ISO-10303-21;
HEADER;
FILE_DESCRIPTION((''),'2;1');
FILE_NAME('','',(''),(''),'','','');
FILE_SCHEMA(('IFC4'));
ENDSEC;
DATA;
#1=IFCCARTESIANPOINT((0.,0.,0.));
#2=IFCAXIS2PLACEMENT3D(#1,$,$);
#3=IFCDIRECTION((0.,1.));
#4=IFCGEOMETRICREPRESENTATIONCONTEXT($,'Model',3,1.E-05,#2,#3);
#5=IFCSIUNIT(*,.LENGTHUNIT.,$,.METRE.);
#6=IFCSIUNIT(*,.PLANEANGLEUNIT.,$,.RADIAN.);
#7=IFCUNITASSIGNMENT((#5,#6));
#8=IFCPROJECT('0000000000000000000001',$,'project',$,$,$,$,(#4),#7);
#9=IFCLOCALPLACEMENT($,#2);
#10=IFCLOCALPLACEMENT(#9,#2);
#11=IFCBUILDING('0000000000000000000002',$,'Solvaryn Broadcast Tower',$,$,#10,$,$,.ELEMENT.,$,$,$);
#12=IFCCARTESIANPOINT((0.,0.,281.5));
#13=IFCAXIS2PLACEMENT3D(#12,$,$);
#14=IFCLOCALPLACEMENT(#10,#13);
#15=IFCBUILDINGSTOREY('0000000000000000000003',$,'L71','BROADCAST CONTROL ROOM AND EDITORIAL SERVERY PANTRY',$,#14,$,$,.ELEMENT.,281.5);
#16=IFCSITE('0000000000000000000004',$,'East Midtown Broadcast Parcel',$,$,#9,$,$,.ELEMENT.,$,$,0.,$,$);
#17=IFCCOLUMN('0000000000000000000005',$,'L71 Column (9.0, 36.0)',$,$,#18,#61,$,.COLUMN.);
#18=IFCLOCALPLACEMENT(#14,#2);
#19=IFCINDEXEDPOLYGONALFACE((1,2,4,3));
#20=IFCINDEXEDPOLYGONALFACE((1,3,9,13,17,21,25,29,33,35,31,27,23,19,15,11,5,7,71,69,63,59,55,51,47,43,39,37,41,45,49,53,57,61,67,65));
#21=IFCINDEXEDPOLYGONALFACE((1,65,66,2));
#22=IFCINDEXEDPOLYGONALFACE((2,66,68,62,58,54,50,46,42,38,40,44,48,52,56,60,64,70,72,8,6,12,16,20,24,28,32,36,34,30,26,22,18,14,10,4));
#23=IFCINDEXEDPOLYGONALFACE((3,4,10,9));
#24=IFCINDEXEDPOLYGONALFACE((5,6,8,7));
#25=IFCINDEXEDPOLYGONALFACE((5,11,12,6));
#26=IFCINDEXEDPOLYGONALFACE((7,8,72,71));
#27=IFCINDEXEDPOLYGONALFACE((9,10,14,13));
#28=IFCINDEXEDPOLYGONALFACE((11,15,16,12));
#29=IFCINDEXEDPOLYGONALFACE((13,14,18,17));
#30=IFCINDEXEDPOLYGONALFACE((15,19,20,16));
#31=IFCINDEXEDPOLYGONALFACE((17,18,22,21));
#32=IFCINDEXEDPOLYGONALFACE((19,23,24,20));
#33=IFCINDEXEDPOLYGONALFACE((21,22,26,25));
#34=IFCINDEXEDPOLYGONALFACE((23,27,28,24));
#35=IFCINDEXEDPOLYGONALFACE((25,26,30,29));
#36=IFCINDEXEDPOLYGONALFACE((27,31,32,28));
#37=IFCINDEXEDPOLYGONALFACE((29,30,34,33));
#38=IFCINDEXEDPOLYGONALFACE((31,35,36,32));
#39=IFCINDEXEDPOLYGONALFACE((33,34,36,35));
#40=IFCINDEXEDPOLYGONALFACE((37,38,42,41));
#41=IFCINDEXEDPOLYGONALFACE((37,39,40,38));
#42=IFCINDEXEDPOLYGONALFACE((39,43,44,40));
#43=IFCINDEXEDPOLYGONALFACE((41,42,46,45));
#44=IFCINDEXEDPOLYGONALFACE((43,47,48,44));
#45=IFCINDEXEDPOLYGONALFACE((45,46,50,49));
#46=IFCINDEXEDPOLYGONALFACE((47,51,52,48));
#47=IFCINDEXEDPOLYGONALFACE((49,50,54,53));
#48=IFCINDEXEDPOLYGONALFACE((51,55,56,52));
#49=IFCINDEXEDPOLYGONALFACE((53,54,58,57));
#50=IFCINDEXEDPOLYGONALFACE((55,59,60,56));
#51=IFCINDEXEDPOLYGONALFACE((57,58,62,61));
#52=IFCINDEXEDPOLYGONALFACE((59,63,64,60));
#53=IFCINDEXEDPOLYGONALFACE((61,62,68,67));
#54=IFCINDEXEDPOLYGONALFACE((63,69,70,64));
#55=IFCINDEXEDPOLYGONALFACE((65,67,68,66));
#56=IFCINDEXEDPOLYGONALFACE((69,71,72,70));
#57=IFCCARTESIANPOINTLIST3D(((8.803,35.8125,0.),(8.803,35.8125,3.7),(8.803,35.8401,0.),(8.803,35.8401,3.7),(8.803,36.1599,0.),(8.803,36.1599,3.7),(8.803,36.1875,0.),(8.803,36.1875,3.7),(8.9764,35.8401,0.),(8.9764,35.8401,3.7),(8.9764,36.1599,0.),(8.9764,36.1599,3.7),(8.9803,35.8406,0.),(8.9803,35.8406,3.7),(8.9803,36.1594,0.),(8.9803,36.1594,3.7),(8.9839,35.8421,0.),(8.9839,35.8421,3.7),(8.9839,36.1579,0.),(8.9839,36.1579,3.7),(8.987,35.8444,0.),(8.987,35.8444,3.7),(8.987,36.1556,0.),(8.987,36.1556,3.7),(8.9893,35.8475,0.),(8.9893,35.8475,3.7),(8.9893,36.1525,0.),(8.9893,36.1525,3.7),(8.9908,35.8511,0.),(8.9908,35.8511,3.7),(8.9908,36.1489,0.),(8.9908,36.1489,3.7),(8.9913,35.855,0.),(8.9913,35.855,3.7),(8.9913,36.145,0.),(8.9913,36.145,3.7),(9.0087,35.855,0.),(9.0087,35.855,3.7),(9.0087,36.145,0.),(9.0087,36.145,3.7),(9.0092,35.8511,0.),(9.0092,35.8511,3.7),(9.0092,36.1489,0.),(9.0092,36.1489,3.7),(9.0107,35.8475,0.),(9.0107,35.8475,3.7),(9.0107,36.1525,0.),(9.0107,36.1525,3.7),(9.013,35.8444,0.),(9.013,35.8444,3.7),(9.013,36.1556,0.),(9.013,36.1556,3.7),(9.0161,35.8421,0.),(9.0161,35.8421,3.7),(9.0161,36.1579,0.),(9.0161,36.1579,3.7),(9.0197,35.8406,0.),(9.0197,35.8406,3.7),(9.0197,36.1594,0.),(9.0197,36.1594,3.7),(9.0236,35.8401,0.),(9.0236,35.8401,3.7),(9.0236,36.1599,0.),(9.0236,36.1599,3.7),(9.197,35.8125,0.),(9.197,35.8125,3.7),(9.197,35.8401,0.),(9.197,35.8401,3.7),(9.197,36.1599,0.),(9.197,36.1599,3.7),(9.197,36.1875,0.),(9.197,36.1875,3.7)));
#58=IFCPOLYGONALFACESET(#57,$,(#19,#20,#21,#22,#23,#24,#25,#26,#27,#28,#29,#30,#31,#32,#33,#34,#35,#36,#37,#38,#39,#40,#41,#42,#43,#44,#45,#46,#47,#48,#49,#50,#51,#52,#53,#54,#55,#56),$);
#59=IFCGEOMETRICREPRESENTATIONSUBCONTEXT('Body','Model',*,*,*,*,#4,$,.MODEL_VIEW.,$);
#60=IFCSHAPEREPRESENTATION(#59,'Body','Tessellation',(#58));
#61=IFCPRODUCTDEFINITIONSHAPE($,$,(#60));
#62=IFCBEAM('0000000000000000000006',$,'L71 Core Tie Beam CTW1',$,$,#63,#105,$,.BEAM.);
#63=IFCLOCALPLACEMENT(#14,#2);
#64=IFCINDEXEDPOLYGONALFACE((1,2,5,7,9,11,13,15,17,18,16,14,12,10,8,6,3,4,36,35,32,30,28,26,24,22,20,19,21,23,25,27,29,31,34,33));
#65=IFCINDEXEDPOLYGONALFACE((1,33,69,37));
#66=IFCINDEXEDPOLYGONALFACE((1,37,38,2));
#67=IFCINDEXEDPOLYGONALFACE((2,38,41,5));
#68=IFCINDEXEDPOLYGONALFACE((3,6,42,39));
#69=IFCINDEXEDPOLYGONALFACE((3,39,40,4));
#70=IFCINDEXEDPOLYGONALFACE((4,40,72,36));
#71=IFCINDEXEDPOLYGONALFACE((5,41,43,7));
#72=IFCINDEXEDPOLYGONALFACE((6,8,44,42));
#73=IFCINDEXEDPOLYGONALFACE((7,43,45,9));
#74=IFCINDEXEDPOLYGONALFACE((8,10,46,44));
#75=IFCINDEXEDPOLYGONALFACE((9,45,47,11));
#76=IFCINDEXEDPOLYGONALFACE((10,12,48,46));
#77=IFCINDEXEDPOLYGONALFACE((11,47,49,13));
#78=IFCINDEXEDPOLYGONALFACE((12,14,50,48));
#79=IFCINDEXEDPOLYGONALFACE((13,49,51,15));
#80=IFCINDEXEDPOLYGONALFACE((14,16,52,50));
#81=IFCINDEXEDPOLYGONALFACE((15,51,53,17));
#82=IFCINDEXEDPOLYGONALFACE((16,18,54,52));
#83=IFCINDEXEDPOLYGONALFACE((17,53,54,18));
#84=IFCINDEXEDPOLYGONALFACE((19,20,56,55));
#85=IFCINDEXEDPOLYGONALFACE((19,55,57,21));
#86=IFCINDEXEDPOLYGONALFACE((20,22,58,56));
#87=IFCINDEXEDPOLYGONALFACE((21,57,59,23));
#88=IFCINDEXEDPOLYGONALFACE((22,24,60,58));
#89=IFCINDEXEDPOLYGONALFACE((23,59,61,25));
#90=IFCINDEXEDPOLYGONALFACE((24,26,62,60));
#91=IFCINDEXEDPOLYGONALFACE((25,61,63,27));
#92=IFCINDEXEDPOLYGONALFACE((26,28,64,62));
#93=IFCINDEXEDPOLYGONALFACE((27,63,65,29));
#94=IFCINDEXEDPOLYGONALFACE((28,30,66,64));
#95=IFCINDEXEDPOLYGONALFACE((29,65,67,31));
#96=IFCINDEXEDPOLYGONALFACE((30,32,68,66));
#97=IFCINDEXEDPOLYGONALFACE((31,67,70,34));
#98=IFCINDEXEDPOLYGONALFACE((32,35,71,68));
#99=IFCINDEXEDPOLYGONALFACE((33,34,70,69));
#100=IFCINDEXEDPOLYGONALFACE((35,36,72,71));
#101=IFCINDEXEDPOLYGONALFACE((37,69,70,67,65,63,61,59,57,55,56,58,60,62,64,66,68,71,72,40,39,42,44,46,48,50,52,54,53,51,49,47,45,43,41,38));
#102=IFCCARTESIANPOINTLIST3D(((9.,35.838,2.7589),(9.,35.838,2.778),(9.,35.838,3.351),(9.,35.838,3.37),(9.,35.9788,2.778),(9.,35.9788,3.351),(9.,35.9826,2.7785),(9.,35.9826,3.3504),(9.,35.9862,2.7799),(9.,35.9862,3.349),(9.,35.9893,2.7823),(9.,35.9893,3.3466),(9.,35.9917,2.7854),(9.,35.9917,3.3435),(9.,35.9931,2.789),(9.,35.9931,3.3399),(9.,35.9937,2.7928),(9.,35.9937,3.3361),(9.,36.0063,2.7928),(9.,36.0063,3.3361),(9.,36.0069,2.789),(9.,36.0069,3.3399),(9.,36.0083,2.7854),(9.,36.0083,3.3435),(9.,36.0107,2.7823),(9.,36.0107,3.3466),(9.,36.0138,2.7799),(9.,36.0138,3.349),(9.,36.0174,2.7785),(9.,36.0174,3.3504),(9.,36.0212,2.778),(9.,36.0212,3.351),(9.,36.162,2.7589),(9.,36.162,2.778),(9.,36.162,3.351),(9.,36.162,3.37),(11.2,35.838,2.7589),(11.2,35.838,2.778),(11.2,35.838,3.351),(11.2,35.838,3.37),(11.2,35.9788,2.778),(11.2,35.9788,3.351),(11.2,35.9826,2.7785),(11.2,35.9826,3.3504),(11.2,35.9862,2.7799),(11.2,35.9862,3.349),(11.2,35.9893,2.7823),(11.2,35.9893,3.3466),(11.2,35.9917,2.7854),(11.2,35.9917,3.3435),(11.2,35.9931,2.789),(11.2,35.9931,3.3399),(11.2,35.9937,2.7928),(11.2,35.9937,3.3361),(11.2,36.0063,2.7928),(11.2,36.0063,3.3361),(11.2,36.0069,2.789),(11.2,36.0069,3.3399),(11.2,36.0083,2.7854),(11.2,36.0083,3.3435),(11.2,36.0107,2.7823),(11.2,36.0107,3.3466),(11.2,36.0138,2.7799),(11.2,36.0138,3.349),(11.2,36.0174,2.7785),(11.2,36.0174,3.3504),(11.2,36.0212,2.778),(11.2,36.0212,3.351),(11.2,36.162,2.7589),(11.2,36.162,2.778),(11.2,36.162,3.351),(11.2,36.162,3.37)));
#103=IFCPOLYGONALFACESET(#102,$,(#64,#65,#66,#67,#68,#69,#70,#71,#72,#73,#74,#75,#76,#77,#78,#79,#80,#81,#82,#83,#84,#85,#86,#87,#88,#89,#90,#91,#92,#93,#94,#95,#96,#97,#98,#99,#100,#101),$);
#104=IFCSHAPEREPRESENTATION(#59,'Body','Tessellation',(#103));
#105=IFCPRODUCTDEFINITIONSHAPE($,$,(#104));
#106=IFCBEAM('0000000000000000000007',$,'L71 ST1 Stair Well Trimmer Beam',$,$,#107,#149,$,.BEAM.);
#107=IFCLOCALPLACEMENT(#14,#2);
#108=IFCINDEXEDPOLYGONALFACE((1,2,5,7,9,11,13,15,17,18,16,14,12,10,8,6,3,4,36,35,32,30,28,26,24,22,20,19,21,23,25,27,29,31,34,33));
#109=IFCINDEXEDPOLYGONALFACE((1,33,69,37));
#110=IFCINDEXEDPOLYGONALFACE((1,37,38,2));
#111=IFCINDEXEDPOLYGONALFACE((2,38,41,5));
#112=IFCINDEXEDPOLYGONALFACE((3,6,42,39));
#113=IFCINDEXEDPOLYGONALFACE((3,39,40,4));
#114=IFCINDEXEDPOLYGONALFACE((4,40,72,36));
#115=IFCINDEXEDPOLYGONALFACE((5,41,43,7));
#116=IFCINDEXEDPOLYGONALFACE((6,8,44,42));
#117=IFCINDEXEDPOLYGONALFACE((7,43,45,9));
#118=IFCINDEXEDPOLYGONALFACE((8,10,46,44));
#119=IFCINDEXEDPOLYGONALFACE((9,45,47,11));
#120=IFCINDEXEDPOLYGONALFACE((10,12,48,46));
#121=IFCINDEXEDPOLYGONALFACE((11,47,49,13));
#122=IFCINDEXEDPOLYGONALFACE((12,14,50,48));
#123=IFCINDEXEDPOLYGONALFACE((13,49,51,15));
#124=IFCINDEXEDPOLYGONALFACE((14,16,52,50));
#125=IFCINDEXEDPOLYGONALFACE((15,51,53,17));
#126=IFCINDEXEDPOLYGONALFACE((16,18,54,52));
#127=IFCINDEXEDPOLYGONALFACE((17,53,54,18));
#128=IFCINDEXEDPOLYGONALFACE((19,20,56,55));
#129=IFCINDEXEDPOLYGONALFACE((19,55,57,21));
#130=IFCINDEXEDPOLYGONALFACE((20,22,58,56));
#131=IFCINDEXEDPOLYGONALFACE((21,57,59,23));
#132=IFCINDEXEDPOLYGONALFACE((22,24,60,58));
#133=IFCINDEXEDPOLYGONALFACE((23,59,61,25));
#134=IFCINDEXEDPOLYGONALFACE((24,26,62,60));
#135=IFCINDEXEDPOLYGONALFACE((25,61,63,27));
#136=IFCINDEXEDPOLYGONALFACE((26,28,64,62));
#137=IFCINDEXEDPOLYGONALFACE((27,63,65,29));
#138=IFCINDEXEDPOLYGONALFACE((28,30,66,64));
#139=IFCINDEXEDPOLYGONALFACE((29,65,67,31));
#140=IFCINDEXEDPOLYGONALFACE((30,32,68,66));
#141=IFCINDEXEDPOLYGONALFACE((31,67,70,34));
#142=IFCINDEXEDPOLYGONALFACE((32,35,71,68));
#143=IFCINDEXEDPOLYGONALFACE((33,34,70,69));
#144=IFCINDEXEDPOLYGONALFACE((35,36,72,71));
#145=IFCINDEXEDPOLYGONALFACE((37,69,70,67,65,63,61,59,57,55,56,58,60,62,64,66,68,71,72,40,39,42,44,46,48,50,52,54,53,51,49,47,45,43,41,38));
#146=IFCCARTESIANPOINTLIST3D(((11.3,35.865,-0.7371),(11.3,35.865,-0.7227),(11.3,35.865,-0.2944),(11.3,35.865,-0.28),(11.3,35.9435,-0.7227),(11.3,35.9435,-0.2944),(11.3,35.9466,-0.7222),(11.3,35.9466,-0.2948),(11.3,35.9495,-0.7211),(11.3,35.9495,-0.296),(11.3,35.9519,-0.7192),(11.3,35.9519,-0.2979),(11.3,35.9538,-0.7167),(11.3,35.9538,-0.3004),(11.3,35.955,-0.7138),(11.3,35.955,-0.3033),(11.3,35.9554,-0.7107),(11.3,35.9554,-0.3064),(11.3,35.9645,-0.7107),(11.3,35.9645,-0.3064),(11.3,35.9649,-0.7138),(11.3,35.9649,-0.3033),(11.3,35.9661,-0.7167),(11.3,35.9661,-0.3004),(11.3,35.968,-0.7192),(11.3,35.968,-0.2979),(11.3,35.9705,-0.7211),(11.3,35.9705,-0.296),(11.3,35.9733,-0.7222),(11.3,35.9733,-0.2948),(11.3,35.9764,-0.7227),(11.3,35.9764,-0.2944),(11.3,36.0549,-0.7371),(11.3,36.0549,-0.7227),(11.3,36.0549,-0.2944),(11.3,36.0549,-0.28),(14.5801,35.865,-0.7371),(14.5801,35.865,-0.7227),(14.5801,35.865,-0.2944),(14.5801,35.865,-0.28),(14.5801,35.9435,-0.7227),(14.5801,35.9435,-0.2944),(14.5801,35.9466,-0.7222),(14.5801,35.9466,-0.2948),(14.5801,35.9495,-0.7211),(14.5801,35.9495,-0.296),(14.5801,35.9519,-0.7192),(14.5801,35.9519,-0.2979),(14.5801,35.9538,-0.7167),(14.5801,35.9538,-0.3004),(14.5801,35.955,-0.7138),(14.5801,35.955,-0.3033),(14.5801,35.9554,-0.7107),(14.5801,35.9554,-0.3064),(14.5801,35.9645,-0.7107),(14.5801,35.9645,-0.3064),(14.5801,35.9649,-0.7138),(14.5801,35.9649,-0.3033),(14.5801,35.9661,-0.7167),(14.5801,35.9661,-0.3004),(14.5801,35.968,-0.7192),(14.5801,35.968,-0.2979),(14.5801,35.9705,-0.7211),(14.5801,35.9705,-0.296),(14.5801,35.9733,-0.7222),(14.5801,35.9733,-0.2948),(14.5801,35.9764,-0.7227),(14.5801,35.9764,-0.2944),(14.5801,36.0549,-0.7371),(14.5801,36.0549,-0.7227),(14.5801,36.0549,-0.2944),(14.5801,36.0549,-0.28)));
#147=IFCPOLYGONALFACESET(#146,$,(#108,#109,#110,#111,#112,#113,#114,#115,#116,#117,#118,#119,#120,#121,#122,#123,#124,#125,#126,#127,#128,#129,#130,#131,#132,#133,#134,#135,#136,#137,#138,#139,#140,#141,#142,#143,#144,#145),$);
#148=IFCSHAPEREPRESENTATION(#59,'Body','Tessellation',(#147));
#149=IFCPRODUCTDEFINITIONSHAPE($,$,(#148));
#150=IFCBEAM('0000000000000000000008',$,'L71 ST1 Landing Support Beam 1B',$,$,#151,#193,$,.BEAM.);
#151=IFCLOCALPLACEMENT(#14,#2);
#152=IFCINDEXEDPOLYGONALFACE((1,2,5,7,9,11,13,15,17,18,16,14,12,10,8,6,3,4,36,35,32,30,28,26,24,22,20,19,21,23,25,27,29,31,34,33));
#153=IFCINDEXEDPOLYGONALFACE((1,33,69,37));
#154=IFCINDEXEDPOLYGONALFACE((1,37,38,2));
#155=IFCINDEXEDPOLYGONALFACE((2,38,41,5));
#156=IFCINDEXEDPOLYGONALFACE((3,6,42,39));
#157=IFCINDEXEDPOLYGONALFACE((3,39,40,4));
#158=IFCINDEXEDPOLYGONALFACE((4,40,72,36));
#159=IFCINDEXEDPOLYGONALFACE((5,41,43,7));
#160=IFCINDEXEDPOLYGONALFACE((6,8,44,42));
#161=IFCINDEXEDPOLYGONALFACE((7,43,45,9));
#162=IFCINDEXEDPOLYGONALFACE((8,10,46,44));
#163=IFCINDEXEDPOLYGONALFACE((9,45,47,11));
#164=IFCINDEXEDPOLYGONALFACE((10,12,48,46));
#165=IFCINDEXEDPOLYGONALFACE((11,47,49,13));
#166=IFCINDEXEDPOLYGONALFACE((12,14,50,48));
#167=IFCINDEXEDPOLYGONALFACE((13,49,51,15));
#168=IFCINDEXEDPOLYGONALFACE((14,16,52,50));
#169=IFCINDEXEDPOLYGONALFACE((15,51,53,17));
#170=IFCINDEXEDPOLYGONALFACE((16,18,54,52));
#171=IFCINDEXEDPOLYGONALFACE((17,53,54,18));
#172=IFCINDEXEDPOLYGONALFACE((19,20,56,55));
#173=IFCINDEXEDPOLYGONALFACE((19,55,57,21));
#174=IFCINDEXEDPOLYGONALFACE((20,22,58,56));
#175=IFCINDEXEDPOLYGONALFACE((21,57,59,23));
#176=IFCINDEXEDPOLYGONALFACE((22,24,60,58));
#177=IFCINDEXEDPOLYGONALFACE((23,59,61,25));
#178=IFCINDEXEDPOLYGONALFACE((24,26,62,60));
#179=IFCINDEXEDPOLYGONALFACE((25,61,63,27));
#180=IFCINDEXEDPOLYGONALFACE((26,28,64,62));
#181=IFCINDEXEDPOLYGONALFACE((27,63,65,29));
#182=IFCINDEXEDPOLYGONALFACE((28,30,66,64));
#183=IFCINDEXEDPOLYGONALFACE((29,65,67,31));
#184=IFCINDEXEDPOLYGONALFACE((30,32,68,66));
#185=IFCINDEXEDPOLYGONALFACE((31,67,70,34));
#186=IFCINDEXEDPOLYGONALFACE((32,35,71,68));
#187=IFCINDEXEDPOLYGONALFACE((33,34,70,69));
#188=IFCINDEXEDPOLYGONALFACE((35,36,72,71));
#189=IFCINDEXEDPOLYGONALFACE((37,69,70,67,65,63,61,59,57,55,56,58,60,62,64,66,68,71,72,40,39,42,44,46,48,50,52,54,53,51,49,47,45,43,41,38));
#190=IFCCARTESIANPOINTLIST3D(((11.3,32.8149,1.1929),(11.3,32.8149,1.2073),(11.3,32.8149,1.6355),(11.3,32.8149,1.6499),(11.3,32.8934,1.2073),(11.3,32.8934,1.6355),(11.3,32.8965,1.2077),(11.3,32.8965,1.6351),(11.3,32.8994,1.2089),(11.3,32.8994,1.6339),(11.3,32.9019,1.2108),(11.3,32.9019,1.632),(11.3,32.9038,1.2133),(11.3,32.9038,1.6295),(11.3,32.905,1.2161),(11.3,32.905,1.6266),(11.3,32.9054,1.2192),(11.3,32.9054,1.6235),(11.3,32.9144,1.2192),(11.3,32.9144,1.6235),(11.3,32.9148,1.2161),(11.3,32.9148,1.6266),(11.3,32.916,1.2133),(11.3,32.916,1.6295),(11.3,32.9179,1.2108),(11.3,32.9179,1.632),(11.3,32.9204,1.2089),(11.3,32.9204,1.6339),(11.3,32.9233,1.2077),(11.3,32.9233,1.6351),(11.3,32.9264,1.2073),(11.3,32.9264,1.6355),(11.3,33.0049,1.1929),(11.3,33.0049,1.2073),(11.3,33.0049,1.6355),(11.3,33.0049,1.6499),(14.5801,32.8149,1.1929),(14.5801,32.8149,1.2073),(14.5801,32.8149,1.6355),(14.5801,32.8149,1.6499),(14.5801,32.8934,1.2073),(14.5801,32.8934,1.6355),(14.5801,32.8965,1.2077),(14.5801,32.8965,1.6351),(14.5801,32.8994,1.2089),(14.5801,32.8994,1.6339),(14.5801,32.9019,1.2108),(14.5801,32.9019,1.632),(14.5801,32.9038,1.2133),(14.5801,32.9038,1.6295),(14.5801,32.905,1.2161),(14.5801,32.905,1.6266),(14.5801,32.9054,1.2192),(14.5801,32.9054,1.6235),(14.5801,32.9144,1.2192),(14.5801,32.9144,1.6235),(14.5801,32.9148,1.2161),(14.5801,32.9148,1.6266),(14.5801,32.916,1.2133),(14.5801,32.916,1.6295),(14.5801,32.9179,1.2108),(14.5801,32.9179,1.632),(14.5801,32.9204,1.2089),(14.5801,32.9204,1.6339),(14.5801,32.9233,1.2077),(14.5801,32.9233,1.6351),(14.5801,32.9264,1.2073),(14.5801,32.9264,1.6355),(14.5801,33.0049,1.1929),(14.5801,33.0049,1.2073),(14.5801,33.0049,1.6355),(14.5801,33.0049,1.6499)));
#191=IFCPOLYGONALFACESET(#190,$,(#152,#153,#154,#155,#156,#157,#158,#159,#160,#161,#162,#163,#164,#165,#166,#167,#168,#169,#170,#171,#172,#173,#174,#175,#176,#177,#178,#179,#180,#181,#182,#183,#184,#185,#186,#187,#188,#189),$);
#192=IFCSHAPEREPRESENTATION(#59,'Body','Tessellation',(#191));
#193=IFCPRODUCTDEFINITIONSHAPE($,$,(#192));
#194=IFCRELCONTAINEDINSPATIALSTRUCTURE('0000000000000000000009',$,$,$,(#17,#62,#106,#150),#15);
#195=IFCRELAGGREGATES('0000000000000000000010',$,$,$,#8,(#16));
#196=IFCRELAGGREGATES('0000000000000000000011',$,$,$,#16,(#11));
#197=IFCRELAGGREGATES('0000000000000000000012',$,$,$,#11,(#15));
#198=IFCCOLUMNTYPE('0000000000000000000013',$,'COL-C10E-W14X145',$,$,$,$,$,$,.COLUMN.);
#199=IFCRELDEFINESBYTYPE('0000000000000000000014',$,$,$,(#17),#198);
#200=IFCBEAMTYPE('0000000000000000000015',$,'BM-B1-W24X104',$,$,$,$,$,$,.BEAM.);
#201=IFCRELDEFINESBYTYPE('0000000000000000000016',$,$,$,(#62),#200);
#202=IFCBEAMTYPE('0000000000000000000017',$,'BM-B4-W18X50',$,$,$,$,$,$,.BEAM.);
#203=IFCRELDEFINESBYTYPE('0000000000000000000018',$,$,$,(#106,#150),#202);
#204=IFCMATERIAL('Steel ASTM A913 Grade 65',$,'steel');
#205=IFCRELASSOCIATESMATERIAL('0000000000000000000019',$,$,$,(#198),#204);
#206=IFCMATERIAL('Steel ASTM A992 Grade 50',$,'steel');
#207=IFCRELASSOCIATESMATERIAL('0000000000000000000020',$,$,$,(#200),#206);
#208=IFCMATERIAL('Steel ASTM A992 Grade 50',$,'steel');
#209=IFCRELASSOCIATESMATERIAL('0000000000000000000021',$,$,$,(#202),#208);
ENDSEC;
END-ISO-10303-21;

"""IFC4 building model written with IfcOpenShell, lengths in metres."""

from ifc_helpers import new_model, si_unit, direction, frame, origin, origin_2d, place, context, subcontext, project, spatial, i_section, extrude, material, material_profile, profile_set, type_object, element, save


model = new_model("IFC4")

# Units and contexts
model_context = context("Model", 3, precision=1e-05, world=origin(), true_north=direction((0.0, 1.0)))
body_context = subcontext(model_context, "Body", "Model", "MODEL_VIEW")
ifc_project = project(units=[si_unit("LENGTHUNIT", "METRE"), si_unit("PLANEANGLEUNIT", "RADIAN")], contexts=[model_context])

# Site, building, storey
site_placement = place(None, origin())
site = spatial("IfcSite", under=ifc_project, at=site_placement, Name="East Midtown Broadcast Parcel", CompositionType="ELEMENT", RefElevation=0.0)
building_placement = place(site_placement, origin())
building = spatial("IfcBuilding", under=site, at=building_placement, Name="Solvaryn Broadcast Tower", CompositionType="ELEMENT")
storey_placement = place(building_placement, frame((0.0, 0.0, 281.5)))
storey = spatial("IfcBuildingStorey", under=building, at=storey_placement, Name="L71", Description="BROADCAST CONTROL ROOM AND EDITORIAL SERVERY PANTRY", CompositionType="ELEMENT", Elevation=281.5)

# Column
ifc_material_1 = material(Name="Steel ASTM A913 Grade 65", Category="steel")
ifc_material_profile_1 = material_profile(ifc_material_1, i_section(OverallWidth=0.394, OverallDepth=0.375, WebThickness=0.0173, FlangeThickness=0.0276, FilletRadius=0.0149, at=origin_2d()))
ifc_profile_set_1 = profile_set([ifc_material_profile_1], Name="Steel ASTM A913 Grade 65")
column_type = type_object("IfcColumnType", Name="COL-C10E-W14X145", PredefinedType="COLUMN", material=ifc_profile_set_1)
column_placement = place(storey_placement, frame((9.0, 36.0, 0.0), z_axis=(0.0, 0.0, 1.0), x_axis=(1.0, 0.0, 0.0)))
element("IfcColumn", 1, at=column_placement, inside=storey, type_object=column_type, Name="L71 Column (9.0, 36.0)", PredefinedType="COLUMN", context=body_context, shape_type="SweptSolid", body=[
    extrude(i_section(OverallWidth=0.394, OverallDepth=0.375, WebThickness=0.0173, FlangeThickness=0.0276, FilletRadius=0.0149, at=origin_2d()), origin(), (0.0, 0.0, 1.0), 3.7),
])

# Beams
ifc_material_2 = material(Name="Steel ASTM A992 Grade 50", Category="steel")
ifc_material_profile_2 = material_profile(ifc_material_2, i_section(OverallWidth=0.324, OverallDepth=0.6111, WebThickness=0.0127, FlangeThickness=0.019, FilletRadius=0.0149, at=origin_2d()))
ifc_profile_set_2 = profile_set([ifc_material_profile_2], Name="Steel ASTM A992 Grade 50")
beam_type_1 = type_object("IfcBeamType", Name="BM-B1-W24X104", PredefinedType="BEAM", material=ifc_profile_set_2)
beam_1_placement = place(storey_placement, frame((9.0, 36.0, 3.0645), z_axis=(1.0, 0.0, 0.0), x_axis=(0.0, 1.0, 0.0)))
element("IfcBeam", 2, at=beam_1_placement, inside=storey, type_object=beam_type_1, Name="L71 Core Tie Beam CTW1", PredefinedType="BEAM", context=body_context, shape_type="SweptSolid", body=[
    extrude(i_section(OverallWidth=0.324, OverallDepth=0.6111, WebThickness=0.0127, FlangeThickness=0.019, FilletRadius=0.0149, at=origin_2d()), origin(), (0.0, 0.0, 1.0), 2.2),
])
ifc_material_3 = material(Name="Steel ASTM A992 Grade 50", Category="steel")
ifc_material_profile_3 = material_profile(ifc_material_3, i_section(OverallWidth=0.1899, OverallDepth=0.457, WebThickness=0.009, FlangeThickness=0.0144, FilletRadius=0.012, at=origin_2d()))
ifc_profile_set_3 = profile_set([ifc_material_profile_3], Name="Steel ASTM A992 Grade 50")
beam_type_2 = type_object("IfcBeamType", Name="BM-B4-W18X50", PredefinedType="BEAM", material=ifc_profile_set_3)
for number, where, z_axis, x_axis, name in (
    (3, (11.3, 35.96, -0.5085), (1.0, 0.0, 0.0), (0.0, 1.0, 0.0), "L71 ST1 Stair Well Trimmer Beam"),
    (4, (11.3, 32.9099, 1.4214), (1.0, 0.0, 0.0), (0.0, 1.0, 0.0), "L71 ST1 Landing Support Beam 1B"),
):
    element("IfcBeam", number, at=place(storey_placement, frame(where, z_axis=z_axis, x_axis=x_axis)), inside=storey, type_object=beam_type_2, Name=name, PredefinedType="BEAM", context=body_context, shape_type="SweptSolid", body=[
        extrude(i_section(OverallWidth=0.1899, OverallDepth=0.457, WebThickness=0.009, FlangeThickness=0.0144, FilletRadius=0.012, at=origin_2d()), origin(), (0.0, 0.0, 1.0), 3.28),
    ])

save(model, "model.ifc")
